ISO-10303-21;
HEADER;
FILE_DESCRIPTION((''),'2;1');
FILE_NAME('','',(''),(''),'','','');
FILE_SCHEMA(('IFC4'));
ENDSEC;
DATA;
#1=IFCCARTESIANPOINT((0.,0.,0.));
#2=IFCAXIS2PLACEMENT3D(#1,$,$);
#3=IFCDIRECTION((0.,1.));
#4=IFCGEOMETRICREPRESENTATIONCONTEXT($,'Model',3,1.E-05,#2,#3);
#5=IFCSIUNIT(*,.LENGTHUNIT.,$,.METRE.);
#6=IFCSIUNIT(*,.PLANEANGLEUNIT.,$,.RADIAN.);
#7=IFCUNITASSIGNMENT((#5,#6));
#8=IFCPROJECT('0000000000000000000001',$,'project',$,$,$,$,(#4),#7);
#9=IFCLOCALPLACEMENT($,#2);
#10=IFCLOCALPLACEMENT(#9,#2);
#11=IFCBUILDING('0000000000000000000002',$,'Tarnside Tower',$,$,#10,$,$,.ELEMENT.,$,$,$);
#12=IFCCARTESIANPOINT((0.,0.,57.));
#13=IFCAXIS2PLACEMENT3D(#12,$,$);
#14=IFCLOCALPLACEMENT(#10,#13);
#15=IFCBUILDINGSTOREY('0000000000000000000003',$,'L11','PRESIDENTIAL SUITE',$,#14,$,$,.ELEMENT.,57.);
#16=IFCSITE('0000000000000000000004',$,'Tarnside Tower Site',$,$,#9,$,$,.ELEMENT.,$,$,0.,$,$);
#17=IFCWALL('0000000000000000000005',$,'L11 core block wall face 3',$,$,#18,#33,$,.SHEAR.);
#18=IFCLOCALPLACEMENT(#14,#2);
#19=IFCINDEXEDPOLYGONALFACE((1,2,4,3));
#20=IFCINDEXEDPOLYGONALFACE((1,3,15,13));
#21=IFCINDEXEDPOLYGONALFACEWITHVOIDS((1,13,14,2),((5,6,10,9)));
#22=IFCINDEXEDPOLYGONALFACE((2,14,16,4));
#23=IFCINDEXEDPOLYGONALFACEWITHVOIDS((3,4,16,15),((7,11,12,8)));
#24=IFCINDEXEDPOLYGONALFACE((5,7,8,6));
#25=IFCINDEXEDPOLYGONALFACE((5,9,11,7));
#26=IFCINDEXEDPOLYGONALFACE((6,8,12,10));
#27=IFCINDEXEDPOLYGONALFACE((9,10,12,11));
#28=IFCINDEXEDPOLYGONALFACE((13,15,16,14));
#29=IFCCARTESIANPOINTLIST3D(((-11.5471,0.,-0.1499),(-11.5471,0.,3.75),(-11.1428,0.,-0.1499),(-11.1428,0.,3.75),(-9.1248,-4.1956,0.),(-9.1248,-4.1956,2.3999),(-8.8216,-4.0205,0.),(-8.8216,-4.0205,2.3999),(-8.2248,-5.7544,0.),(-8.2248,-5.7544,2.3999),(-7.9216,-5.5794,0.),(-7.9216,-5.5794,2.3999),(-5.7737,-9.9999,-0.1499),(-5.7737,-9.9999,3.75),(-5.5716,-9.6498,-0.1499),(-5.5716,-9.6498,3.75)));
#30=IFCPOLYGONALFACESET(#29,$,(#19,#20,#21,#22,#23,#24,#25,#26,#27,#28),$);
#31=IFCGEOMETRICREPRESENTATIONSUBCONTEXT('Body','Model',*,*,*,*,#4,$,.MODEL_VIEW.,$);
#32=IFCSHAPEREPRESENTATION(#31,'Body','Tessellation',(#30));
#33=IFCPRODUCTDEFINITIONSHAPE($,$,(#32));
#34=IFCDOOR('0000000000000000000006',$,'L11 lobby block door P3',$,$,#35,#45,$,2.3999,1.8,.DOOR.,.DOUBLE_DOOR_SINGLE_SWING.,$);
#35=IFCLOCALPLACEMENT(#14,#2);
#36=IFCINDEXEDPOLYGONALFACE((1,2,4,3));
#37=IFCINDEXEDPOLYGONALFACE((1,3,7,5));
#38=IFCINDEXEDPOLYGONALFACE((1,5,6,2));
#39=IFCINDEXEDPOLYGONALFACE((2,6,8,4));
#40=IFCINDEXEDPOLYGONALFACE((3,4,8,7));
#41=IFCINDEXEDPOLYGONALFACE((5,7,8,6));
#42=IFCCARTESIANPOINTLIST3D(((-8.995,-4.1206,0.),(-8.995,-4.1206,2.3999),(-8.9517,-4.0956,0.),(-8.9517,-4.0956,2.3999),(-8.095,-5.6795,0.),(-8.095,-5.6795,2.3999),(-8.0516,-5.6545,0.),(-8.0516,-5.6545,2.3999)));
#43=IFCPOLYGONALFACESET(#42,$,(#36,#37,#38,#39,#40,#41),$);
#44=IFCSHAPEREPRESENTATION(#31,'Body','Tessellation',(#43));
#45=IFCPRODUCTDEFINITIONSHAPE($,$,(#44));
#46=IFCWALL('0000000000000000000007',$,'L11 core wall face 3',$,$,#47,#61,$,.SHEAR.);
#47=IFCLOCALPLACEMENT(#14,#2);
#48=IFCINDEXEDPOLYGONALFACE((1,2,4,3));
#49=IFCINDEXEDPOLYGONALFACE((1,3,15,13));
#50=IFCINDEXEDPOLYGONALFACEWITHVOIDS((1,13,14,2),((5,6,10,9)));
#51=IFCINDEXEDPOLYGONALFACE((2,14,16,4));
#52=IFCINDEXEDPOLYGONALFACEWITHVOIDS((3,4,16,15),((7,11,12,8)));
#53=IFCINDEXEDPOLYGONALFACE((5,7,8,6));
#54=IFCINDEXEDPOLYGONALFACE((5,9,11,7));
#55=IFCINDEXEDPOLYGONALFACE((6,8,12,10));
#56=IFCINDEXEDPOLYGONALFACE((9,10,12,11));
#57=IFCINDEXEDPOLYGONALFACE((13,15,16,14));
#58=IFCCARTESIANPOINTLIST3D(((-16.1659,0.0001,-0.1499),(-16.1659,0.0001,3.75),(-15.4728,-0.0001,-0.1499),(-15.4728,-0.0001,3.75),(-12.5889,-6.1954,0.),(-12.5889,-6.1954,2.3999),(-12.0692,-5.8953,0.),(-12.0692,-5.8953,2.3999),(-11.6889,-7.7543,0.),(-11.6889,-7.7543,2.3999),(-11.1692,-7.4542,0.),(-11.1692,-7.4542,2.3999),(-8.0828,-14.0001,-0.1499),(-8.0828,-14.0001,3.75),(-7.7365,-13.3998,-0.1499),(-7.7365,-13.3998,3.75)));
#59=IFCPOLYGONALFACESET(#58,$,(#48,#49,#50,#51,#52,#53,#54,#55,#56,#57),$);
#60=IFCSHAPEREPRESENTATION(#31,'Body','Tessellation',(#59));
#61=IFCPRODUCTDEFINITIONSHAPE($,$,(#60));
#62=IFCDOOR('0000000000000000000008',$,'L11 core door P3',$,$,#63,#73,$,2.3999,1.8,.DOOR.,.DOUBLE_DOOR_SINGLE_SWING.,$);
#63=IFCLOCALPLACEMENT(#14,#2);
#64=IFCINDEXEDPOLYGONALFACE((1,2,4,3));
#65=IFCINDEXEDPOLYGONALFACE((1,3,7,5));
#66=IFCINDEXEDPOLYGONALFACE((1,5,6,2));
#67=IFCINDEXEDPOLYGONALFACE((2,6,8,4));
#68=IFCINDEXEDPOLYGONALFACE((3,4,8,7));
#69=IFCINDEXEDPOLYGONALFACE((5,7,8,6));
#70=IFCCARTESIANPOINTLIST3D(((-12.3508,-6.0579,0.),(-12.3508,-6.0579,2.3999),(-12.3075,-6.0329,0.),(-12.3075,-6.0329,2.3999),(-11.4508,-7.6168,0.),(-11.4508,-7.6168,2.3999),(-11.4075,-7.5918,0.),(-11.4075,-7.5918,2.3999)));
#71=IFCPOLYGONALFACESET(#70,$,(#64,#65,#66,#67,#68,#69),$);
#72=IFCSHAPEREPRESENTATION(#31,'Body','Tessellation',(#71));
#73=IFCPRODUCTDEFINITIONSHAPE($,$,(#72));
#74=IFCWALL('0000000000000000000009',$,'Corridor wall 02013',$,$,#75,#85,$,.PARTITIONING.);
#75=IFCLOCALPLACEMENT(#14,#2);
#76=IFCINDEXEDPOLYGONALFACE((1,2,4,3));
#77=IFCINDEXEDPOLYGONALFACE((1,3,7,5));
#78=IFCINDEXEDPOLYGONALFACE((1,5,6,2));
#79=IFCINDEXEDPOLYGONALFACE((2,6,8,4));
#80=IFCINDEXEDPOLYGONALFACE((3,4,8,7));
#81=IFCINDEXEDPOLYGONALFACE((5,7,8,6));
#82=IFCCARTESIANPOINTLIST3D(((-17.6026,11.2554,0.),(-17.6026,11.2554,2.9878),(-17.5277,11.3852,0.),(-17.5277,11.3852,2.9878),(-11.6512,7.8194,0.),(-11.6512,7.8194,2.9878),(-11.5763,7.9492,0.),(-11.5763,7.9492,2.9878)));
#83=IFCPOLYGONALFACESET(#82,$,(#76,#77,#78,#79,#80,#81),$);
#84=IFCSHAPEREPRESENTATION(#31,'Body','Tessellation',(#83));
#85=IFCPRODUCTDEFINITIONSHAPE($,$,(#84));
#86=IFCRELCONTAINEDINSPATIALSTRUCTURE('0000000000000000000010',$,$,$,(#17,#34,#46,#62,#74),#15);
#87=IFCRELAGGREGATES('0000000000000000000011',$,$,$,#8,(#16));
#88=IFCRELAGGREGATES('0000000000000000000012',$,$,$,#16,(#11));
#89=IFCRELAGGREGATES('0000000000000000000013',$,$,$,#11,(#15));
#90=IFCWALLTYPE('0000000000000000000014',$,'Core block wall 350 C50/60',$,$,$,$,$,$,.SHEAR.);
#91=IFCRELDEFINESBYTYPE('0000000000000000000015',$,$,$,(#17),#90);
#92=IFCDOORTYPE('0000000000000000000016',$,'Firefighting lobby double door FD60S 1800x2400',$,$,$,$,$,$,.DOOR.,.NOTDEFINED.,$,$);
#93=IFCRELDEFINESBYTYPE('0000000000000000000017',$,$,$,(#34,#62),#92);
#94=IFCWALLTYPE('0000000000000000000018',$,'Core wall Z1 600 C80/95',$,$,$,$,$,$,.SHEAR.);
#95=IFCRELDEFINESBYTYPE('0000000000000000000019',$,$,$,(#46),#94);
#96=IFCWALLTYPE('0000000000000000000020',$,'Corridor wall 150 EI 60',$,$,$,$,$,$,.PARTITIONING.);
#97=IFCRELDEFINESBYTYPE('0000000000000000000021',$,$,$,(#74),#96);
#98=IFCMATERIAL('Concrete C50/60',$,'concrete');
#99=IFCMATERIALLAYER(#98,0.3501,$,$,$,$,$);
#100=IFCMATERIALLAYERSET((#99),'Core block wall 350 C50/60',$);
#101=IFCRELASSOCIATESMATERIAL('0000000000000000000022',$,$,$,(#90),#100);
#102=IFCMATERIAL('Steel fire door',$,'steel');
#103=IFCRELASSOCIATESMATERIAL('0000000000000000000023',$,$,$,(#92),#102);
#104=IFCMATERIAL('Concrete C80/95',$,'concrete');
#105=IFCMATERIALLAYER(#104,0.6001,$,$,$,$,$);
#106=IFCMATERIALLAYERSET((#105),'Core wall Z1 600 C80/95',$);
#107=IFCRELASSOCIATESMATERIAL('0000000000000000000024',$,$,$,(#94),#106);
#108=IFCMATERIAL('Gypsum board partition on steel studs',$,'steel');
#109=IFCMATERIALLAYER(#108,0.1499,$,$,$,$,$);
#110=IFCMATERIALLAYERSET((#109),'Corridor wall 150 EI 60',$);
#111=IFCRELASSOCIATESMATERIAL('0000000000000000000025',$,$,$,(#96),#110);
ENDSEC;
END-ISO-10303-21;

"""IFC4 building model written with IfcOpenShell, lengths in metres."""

from ifc_helpers import new_model, si_unit, direction, frame, frame_2d, origin, place, context, subcontext, project, spatial, polyline, rectangle, outline, extrude, material, layer, layer_set, type_object, element, fill, save


model = new_model("IFC4")

# Units and contexts
model_context = context("Model", 3, precision=1e-05, world=origin(), true_north=direction((0.0, 1.0)))
body_context = subcontext(model_context, "Body", "Model", "MODEL_VIEW")
ifc_project = project(units=[si_unit("LENGTHUNIT", "METRE"), si_unit("PLANEANGLEUNIT", "RADIAN")], contexts=[model_context])

# Site, building, storey
site_placement = place(None, origin())
site = spatial("IfcSite", under=ifc_project, at=site_placement, Name="Tarnside Tower Site", CompositionType="ELEMENT", RefElevation=0.0)
building_placement = place(site_placement, origin())
building = spatial("IfcBuilding", under=site, at=building_placement, Name="Tarnside Tower", CompositionType="ELEMENT")
storey_placement = place(building_placement, frame((0.0, 0.0, 57.0)))
storey = spatial("IfcBuildingStorey", under=building, at=storey_placement, Name="L11", Description="PRESIDENTIAL SUITE", CompositionType="ELEMENT", Elevation=57.0)

# Walls, openings, doors
ifc_material_1 = material(Name="Concrete C50/60", Category="concrete")
ifc_layer_1 = layer(ifc_material_1, 0.3501)
ifc_layer_set_1 = layer_set([ifc_layer_1], Name="Core block wall 350 C50/60")
wall_type_1 = type_object("IfcWallType", Name="Core block wall 350 C50/60", PredefinedType="SHEAR", material=ifc_layer_set_1)
wall_1_placement = place(storey_placement, frame((-11.345, 0.0, -0.1499), z_axis=(0.0, 0.0, 1.0), x_axis=(0.499995, -0.866028, 0.0)))
wall_1 = element("IfcWall", 1, at=wall_1_placement, inside=storey, type_object=wall_type_1, Name="L11 core block wall face 3", PredefinedType="SHEAR", context=body_context, shape_type="SweptSolid", body=[
    extrude(outline(polyline([(-0.1011, -0.175), (11.4458, -0.175), (11.2437, 0.175), (0.1011, 0.175), (-0.1011, -0.175)])), origin(), (0.0, 0.0, 1.0), 3.8999),
])
opening_1_placement = place(wall_1_placement, frame((4.7437, 0.0, 0.1499)))
opening_1 = element("IfcOpeningElement", 2, at=opening_1_placement, cuts=wall_1, PredefinedType="OPENING", context=body_context, shape_type="SweptSolid", body=[
    extrude(rectangle(XDim=1.8, YDim=2.3999, at=frame_2d((0.8999, 1.2))), frame((0.0, 0.1851, 0.0), z_axis=(0.0, -1.0, 0.0), x_axis=(1.0, 0.0, 0.0)), (0.0, 0.0, 1.0), 0.3701),
])
ifc_material_2 = material(Name="Steel fire door", Category="steel")
door_type_1 = type_object("IfcDoorType", Name="Firefighting lobby double door FD60S 1800x2400", OperationType="NOTDEFINED", PredefinedType="DOOR", material=ifc_material_2)
door_1_placement = place(opening_1_placement, origin())
door_1 = element("IfcDoor", 3, at=door_1_placement, inside=storey, type_object=door_type_1, Name="L11 lobby block door P3", OperationType="DOUBLE_DOOR_SINGLE_SWING", OverallHeight=2.3999, OverallWidth=1.8, PredefinedType="DOOR", context=body_context, shape_type="SweptSolid", body=[
    extrude(rectangle(XDim=1.8, YDim=2.3999, at=frame_2d((0.8999, 1.2))), frame((0.0, 0.0249, 0.0), z_axis=(0.0, -1.0, 0.0), x_axis=(1.0, 0.0, 0.0)), (0.0, 0.0, 1.0), 0.05),
])
fill(opening_1, door_1)
ifc_material_3 = material(Name="Concrete C80/95", Category="concrete")
ifc_layer_2 = layer(ifc_material_3, 0.6001)
ifc_layer_set_2 = layer_set([ifc_layer_2], Name="Core wall Z1 600 C80/95")
wall_type_2 = type_object("IfcWallType", Name="Core wall Z1 600 C80/95", PredefinedType="SHEAR", material=ifc_layer_set_2)
wall_2_placement = place(storey_placement, frame((-15.8193, 0.0, -0.1499), z_axis=(0.0, 0.0, 1.0), x_axis=(0.5, -0.866025, 0.0)))
wall_2 = element("IfcWall", 4, at=wall_2_placement, inside=storey, type_object=wall_type_2, Name="L11 core wall face 3", PredefinedType="SHEAR", context=body_context, shape_type="SweptSolid", body=[
    extrude(outline(polyline([(-0.1733, -0.3), (15.9927, -0.3), (15.646, 0.3), (0.1733, 0.3), (-0.1733, -0.3)])), origin(), (0.0, 0.0, 1.0), 3.8999),
])
opening_2_placement = place(wall_2_placement, frame((6.9807, 0.0, 0.1499)))
opening_2 = element("IfcOpeningElement", 5, at=opening_2_placement, cuts=wall_2, PredefinedType="OPENING", context=body_context, shape_type="SweptSolid", body=[
    extrude(rectangle(XDim=1.8, YDim=2.3999, at=frame_2d((0.8999, 1.2))), frame((0.0, 0.3101, 0.0), z_axis=(0.0, -1.0, 0.0), x_axis=(1.0, 0.0, 0.0)), (0.0, 0.0, 1.0), 0.6201),
])
door_2_placement = place(opening_2_placement, origin())
door_2 = element("IfcDoor", 6, at=door_2_placement, inside=storey, type_object=door_type_1, Name="L11 core door P3", OperationType="DOUBLE_DOOR_SINGLE_SWING", OverallHeight=2.3999, OverallWidth=1.8, PredefinedType="DOOR", context=body_context, shape_type="SweptSolid", body=[
    extrude(rectangle(XDim=1.8, YDim=2.3999, at=frame_2d((0.8999, 1.2))), frame((0.0, 0.0249, 0.0), z_axis=(0.0, -1.0, 0.0), x_axis=(1.0, 0.0, 0.0)), (0.0, 0.0, 1.0), 0.05),
])
fill(opening_2, door_2)

# Wall
ifc_material_4 = material(Name="Gypsum board partition on steel studs", Category="steel")
ifc_layer_3 = layer(ifc_material_4, 0.1499)
ifc_layer_set_3 = layer_set([ifc_layer_3], Name="Corridor wall 150 EI 60")
wall_type_3 = type_object("IfcWallType", Name="Corridor wall 150 EI 60", PredefinedType="PARTITIONING", material=ifc_layer_set_3)
wall_3_placement = place(storey_placement, frame((-11.6138, 7.8843, 0.0), z_axis=(0.0, 0.0, 1.0), x_axis=(-0.866026, 0.499998, 0.0)))
element("IfcWall", 7, at=wall_3_placement, inside=storey, type_object=wall_type_3, Name="Corridor wall 02013", PredefinedType="PARTITIONING", context=body_context, shape_type="SweptSolid", body=[
    extrude(rectangle(XDim=6.8721, YDim=0.1499, at=frame_2d((3.436, 0.0))), origin(), (0.0, 0.0, 1.0), 2.9878),
])

save(model, "model.ifc")
